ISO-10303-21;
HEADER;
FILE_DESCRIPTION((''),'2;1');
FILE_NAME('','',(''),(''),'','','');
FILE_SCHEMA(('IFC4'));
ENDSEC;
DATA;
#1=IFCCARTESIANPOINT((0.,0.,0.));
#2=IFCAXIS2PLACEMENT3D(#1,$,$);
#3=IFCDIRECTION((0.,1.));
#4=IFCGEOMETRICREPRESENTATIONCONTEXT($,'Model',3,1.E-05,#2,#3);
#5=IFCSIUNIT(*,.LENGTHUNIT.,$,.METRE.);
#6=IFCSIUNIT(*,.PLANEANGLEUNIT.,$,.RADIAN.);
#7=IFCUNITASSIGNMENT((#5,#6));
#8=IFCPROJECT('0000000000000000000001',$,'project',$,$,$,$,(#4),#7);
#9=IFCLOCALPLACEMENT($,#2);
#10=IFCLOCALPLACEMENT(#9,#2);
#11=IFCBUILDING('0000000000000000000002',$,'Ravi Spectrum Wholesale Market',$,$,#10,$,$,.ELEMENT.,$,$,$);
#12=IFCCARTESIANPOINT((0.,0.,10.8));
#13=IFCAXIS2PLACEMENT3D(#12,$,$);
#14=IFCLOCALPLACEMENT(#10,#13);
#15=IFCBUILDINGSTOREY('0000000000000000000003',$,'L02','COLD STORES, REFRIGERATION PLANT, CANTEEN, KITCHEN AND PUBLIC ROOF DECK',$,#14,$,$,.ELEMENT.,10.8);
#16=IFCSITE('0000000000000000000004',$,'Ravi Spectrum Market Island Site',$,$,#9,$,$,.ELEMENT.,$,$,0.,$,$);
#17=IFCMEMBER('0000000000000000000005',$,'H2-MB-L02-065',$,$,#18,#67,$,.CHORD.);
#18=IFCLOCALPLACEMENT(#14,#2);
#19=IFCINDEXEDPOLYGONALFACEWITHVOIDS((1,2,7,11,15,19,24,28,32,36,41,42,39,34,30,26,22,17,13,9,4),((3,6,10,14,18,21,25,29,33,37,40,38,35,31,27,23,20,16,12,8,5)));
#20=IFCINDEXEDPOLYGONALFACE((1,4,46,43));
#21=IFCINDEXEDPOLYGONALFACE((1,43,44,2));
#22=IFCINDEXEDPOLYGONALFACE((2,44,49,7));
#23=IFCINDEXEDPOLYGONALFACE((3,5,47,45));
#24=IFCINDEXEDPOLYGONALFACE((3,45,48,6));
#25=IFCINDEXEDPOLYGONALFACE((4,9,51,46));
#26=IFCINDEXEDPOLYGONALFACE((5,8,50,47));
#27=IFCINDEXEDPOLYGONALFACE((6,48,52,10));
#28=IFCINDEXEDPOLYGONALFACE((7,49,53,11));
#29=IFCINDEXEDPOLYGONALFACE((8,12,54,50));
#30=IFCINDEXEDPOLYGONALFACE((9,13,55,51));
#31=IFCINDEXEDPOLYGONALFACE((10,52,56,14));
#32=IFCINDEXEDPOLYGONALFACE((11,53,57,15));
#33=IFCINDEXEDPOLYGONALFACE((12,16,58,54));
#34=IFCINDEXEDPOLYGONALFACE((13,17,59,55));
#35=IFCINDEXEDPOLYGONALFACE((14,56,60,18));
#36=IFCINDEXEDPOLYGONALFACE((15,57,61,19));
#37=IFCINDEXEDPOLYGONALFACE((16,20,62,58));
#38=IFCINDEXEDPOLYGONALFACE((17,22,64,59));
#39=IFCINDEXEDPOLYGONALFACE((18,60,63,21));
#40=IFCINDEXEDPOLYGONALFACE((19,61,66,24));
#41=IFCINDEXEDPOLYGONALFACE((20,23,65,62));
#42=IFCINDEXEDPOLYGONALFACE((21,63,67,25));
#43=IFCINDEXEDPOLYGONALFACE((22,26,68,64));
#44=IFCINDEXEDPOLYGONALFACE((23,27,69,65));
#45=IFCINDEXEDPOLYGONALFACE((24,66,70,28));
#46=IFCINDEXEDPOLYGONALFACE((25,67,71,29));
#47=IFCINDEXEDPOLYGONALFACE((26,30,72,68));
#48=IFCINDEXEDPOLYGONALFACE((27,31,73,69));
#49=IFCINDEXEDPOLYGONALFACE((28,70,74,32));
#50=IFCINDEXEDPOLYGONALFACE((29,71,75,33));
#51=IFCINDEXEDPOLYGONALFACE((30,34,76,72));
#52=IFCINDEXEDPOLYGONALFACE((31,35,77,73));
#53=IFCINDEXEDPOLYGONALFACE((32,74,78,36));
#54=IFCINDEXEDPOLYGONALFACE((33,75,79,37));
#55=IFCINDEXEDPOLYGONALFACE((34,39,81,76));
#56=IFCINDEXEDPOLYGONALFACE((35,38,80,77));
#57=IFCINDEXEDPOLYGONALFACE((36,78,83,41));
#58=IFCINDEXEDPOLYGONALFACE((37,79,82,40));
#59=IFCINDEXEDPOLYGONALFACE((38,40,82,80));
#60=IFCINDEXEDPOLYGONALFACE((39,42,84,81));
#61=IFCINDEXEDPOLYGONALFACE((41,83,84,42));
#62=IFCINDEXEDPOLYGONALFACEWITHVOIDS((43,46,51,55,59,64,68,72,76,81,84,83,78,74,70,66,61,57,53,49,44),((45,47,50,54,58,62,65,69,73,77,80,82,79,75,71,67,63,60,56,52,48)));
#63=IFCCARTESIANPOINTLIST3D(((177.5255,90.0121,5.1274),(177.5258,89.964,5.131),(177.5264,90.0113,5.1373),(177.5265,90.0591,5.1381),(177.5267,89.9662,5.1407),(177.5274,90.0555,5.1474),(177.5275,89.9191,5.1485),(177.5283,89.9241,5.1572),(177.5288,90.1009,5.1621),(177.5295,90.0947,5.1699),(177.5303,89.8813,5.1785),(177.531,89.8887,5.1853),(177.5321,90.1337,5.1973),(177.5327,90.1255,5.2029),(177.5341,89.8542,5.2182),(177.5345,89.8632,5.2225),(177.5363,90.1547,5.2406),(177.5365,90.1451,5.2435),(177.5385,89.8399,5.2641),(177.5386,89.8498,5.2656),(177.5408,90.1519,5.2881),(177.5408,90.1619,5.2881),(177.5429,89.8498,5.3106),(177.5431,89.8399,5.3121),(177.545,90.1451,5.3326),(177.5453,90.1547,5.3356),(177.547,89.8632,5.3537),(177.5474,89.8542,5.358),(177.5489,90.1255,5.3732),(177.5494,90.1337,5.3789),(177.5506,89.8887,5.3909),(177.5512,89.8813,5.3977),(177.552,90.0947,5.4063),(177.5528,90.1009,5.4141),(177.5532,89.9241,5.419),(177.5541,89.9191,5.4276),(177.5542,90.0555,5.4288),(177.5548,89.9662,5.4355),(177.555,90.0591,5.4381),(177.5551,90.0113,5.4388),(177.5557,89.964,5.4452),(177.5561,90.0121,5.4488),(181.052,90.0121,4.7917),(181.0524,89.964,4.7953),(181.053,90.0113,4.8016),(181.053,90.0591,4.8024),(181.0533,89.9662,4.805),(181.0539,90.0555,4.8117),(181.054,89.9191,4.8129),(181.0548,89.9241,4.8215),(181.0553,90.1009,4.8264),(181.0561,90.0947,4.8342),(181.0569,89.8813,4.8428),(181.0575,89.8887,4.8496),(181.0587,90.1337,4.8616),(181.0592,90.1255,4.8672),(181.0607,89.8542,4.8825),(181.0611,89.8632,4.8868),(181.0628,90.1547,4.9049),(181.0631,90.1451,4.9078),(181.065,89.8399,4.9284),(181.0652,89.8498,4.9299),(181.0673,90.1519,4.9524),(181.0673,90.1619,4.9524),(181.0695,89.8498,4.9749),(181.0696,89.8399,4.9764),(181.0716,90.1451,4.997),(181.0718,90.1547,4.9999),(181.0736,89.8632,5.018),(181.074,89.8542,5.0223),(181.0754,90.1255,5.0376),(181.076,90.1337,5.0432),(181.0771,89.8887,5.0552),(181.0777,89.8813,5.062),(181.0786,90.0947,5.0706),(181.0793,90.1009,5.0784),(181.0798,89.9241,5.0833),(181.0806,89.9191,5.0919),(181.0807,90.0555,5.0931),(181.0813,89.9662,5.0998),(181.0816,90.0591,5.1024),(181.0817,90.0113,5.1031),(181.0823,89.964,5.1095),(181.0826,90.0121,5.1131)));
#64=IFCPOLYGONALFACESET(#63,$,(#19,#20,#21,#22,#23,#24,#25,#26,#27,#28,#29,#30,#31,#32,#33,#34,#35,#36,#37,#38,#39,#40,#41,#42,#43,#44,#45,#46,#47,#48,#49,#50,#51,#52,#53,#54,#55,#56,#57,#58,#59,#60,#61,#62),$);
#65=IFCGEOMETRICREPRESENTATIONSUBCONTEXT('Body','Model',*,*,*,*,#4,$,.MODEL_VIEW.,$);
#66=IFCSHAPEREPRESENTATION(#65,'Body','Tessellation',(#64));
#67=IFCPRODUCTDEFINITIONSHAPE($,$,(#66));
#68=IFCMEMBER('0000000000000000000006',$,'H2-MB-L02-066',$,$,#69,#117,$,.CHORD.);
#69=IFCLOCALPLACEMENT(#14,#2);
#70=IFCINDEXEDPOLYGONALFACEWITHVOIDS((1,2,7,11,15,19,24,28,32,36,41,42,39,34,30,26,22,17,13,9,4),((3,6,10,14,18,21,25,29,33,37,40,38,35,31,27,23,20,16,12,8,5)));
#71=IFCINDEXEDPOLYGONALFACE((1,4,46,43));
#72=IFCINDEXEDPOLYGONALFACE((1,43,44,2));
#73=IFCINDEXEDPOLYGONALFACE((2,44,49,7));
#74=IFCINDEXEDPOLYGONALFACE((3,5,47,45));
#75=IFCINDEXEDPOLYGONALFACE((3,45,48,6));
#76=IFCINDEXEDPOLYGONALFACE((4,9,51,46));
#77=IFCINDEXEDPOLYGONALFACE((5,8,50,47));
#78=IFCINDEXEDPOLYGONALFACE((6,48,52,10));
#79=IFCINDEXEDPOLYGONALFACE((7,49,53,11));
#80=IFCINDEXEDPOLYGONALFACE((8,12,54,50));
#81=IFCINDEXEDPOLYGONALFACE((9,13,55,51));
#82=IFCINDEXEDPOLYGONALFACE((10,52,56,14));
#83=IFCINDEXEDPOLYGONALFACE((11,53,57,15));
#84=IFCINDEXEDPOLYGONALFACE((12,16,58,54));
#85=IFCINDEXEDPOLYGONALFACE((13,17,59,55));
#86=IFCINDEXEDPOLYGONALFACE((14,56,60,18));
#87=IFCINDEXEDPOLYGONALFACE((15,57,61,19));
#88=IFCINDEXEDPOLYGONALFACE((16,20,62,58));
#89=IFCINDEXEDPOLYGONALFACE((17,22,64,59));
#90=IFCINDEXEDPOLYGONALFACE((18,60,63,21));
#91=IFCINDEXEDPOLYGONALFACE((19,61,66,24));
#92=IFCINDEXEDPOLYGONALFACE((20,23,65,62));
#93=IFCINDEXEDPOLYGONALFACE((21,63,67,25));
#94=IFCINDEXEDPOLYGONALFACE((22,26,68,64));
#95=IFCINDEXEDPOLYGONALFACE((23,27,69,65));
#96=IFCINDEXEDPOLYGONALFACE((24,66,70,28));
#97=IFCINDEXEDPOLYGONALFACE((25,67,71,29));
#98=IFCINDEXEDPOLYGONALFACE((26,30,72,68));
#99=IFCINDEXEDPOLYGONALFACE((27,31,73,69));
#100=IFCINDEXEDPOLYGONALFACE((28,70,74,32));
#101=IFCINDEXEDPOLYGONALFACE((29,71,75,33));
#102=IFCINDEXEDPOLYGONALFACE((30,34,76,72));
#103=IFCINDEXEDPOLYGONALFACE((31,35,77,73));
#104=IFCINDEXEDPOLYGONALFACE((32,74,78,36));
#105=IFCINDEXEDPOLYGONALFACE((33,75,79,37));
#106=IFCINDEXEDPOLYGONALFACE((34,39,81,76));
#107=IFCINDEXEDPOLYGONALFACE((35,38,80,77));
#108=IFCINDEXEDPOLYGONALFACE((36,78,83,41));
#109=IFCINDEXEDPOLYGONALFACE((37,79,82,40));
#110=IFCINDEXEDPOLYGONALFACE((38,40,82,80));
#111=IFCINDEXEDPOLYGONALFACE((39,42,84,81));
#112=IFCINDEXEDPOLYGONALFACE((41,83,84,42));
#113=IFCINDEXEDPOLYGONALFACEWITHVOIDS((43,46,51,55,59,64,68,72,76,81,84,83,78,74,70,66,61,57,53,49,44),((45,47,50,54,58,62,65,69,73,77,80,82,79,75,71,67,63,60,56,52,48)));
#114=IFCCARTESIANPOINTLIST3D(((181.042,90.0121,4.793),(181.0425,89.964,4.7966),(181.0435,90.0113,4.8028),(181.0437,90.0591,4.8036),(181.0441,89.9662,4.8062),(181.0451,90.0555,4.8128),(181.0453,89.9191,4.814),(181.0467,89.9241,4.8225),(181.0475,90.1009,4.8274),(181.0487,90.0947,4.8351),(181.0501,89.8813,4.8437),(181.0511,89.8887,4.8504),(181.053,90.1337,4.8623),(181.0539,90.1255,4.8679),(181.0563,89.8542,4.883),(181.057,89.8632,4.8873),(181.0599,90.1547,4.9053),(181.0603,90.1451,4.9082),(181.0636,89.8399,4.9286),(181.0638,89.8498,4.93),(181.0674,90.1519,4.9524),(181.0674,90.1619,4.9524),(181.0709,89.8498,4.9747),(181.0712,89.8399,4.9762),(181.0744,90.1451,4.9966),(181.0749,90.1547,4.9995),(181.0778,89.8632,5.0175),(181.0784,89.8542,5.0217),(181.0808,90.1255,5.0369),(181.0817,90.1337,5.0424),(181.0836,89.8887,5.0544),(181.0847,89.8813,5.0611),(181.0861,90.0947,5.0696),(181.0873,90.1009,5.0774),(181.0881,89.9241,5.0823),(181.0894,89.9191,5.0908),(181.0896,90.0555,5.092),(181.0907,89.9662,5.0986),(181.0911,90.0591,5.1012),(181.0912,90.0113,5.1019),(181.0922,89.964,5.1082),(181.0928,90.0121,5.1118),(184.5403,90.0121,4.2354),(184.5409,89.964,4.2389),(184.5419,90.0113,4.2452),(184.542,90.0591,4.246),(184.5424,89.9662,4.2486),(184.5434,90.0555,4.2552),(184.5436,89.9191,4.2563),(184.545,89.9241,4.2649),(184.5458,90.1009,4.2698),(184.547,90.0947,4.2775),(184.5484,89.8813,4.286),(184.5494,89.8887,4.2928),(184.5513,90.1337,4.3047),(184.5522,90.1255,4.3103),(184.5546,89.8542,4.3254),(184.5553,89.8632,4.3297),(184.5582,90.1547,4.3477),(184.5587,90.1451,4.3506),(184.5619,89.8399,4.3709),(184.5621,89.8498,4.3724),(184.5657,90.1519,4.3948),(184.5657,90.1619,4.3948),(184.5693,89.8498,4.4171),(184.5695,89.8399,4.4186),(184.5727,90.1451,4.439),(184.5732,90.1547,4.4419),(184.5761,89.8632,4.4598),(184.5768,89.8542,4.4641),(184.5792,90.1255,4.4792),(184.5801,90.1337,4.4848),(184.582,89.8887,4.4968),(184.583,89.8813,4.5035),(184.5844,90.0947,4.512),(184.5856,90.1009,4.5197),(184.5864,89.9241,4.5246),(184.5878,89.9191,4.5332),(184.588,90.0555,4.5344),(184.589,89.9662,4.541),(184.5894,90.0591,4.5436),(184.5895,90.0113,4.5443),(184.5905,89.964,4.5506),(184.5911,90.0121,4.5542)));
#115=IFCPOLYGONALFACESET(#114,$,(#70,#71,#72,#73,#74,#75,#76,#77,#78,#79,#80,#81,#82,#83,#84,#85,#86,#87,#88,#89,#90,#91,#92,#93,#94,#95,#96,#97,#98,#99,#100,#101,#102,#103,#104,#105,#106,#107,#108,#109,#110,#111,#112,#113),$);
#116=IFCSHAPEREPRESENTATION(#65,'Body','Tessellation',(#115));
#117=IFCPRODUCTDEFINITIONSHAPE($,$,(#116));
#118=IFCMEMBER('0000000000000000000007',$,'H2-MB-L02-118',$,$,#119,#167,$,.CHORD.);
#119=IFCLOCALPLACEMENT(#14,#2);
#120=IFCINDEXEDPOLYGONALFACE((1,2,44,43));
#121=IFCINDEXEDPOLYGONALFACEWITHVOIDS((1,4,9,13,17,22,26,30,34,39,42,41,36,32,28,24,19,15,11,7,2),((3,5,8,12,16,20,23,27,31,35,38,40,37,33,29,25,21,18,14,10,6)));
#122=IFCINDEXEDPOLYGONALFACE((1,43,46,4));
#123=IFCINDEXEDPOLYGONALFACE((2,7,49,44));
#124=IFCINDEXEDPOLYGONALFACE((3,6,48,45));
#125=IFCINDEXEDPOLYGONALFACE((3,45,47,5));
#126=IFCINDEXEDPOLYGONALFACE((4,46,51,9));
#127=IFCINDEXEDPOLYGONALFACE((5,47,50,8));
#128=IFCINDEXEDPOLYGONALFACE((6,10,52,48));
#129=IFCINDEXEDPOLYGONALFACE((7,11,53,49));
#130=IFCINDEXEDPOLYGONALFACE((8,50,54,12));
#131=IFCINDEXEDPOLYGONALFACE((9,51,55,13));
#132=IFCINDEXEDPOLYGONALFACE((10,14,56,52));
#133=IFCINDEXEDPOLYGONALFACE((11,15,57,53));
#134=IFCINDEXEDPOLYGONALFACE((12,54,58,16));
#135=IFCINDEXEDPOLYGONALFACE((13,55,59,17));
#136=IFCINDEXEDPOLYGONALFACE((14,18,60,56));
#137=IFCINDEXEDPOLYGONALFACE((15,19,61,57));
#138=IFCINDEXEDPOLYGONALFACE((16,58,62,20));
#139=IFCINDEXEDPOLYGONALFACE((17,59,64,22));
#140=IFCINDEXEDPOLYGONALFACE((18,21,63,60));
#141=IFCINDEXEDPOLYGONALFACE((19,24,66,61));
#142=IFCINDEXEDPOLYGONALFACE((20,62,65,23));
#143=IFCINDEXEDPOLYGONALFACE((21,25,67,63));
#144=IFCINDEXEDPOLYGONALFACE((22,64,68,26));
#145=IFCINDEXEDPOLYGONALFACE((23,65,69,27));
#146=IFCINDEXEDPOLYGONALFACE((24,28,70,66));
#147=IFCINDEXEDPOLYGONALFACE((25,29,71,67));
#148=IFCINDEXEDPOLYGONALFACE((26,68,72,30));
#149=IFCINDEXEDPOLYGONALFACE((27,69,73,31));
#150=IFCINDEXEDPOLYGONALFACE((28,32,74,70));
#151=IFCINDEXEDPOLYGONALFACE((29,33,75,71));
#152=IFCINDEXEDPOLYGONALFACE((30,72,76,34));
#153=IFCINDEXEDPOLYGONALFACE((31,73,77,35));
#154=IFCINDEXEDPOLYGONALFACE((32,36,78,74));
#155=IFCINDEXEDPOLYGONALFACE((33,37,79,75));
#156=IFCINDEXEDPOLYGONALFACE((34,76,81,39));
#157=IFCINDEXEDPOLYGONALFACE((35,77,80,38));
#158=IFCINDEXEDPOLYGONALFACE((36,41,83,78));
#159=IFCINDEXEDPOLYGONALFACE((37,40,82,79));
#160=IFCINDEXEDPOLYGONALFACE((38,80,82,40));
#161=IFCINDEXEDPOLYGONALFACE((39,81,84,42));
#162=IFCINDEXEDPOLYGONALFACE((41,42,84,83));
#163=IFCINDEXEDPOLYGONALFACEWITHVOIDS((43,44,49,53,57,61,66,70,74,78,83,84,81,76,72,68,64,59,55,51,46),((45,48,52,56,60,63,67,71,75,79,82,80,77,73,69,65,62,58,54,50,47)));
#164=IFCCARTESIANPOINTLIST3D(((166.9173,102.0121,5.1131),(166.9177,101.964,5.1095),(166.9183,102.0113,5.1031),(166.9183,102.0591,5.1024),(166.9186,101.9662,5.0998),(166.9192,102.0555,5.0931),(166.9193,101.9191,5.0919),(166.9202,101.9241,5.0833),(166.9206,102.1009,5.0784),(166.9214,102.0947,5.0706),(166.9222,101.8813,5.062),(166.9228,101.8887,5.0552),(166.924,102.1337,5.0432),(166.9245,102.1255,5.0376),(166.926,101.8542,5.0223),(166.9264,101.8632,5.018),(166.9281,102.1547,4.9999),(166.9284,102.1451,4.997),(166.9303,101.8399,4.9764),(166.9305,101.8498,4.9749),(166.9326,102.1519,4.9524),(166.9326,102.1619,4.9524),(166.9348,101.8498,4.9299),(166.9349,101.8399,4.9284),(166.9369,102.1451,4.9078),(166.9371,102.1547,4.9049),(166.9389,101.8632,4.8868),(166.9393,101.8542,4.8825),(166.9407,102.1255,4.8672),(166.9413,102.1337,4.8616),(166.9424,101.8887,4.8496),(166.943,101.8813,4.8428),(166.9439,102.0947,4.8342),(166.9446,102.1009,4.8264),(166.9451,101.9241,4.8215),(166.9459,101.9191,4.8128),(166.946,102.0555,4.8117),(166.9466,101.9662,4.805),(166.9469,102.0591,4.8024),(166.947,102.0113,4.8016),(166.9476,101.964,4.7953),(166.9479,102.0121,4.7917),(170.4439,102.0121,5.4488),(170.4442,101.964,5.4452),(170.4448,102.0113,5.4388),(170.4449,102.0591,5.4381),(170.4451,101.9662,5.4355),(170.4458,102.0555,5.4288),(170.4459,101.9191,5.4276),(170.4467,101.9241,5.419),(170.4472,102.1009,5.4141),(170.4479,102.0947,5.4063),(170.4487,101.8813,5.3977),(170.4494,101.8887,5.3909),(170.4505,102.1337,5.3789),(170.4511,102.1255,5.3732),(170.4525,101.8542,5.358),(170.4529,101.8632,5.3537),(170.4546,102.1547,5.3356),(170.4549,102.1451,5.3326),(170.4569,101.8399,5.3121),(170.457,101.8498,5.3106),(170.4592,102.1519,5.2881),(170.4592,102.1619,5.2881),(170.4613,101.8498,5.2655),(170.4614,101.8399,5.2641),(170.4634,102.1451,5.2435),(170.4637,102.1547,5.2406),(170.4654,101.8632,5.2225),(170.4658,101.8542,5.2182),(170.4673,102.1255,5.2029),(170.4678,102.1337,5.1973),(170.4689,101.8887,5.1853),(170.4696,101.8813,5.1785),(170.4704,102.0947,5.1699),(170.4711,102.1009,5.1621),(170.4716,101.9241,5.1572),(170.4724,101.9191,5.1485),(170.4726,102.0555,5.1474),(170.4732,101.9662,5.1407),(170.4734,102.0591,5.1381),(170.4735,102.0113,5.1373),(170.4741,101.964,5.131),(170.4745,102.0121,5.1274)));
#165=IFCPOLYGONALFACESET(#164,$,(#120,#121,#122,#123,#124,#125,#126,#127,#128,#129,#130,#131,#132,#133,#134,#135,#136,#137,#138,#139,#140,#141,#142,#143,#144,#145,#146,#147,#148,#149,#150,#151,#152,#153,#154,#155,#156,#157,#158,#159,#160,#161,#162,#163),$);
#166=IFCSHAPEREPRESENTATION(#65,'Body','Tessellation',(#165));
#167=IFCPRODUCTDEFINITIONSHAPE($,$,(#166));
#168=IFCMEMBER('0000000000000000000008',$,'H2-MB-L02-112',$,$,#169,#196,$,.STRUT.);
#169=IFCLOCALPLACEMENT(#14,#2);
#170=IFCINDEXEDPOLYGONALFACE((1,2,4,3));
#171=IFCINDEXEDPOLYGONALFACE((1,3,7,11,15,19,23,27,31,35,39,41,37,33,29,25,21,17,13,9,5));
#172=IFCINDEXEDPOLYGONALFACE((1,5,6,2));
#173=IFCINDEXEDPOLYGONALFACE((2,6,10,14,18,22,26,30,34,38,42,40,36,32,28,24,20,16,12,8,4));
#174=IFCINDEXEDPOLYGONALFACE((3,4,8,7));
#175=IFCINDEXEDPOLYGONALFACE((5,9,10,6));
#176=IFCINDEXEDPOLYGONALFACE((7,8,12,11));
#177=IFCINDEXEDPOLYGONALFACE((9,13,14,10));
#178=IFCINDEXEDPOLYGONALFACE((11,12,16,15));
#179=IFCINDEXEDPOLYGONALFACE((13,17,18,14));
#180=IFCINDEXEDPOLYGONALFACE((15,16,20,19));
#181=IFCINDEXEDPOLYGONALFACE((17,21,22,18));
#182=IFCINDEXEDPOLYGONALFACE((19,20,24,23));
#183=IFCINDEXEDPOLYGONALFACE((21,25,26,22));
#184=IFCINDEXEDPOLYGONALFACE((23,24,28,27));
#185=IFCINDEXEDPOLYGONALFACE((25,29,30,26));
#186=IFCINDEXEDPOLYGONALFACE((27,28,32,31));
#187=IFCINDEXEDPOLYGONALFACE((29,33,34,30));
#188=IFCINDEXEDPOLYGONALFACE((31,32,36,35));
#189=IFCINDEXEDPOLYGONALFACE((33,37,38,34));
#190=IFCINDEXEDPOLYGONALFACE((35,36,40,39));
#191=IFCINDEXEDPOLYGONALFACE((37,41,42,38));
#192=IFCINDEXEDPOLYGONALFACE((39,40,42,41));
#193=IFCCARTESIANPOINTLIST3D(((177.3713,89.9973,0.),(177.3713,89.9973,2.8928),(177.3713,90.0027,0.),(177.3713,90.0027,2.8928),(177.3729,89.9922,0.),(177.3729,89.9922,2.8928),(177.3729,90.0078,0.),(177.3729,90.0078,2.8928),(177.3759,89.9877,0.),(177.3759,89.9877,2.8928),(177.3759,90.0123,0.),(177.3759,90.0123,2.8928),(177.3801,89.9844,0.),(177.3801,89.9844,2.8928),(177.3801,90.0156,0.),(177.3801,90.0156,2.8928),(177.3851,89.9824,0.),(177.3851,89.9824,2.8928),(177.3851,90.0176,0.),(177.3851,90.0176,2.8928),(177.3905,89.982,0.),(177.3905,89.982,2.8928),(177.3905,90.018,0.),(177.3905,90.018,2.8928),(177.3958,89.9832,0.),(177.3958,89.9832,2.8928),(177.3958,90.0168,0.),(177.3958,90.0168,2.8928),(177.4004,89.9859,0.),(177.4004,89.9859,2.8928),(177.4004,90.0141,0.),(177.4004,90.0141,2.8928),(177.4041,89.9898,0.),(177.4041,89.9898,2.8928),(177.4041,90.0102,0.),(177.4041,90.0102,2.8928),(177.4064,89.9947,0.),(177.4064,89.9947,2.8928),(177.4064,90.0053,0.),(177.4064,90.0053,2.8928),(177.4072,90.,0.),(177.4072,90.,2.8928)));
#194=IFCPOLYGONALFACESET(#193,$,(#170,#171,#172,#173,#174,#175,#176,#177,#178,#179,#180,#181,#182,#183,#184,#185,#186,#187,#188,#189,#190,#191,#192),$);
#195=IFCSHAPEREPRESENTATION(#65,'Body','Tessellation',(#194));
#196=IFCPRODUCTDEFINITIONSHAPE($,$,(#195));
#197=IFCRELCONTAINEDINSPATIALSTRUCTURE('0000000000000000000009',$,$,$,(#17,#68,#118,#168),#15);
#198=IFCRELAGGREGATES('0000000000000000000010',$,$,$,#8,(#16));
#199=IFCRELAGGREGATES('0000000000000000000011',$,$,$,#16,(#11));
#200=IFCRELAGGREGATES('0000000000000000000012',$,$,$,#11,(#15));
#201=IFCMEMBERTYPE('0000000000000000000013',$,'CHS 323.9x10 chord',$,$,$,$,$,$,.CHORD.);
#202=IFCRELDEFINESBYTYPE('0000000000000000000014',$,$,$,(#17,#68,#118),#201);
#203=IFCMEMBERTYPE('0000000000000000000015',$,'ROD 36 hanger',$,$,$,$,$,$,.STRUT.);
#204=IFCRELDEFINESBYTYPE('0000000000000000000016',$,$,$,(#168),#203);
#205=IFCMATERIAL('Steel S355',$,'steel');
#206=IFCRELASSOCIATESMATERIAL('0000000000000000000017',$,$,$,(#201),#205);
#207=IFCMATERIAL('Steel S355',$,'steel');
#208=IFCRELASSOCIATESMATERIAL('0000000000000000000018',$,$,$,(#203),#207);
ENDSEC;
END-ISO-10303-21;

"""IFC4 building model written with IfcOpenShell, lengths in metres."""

from ifc_helpers import new_model, si_unit, direction, frame, origin, origin_2d, place, context, subcontext, project, spatial, circle, hollow_circle, extrude, material, material_profile, profile_set, type_object, element, save


model = new_model("IFC4")

# Units and contexts
model_context = context("Model", 3, precision=1e-05, world=origin(), true_north=direction((0.0, 1.0)))
body_context = subcontext(model_context, "Body", "Model", "MODEL_VIEW")
ifc_project = project(units=[si_unit("LENGTHUNIT", "METRE"), si_unit("PLANEANGLEUNIT", "RADIAN")], contexts=[model_context])

# Site, building, storey
site_placement = place(None, origin())
site = spatial("IfcSite", under=ifc_project, at=site_placement, Name="Ravi Spectrum Market Island Site", CompositionType="ELEMENT", RefElevation=0.0)
building_placement = place(site_placement, origin())
building = spatial("IfcBuilding", under=site, at=building_placement, Name="Ravi Spectrum Wholesale Market", CompositionType="ELEMENT")
storey_placement = place(building_placement, frame((0.0, 0.0, 10.8)))
storey = spatial("IfcBuildingStorey", under=building, at=storey_placement, Name="L02", Description="COLD STORES, REFRIGERATION PLANT, CANTEEN, KITCHEN AND PUBLIC ROOF DECK", CompositionType="ELEMENT", Elevation=10.8)

# Members
ifc_material_1 = material(Name="Steel S355", Category="steel")
ifc_material_profile_1 = material_profile(ifc_material_1, hollow_circle(Radius=0.1619, WallThickness=0.01, at=origin_2d()))
ifc_profile_set_1 = profile_set([ifc_material_profile_1], Name="Steel S355")
member_type_1 = type_object("IfcMemberType", Name="CHS 323.9x10 chord", PredefinedType="CHORD", material=ifc_profile_set_1)
for number, where, z_axis, x_axis, name in (
    (1, (177.5408, 90.0, 5.2881), (0.9955, 0.0, -0.09476), (0.0, 1.0, 0.0), "H2-MB-L02-065"),
    (2, (181.0674, 90.0, 4.9524), (0.987533, 0.0, -0.15741), (0.0, 1.0, 0.0), "H2-MB-L02-066"),
    (3, (166.9326, 102.0, 4.9524), (0.9955, 0.0, 0.09476), (0.0, 1.0, 0.0), "H2-MB-L02-118"),
):
    element("IfcMember", number, at=place(storey_placement, frame(where, z_axis=z_axis, x_axis=x_axis)), inside=storey, type_object=member_type_1, Name=name, PredefinedType="CHORD", context=body_context, shape_type="SweptSolid", body=[
        extrude(hollow_circle(Radius=0.1619, WallThickness=0.01, at=origin_2d()), origin(), (0.0, 0.0, 1.0), 3.5425),
    ])
ifc_material_2 = material(Name="Steel S355", Category="steel")
ifc_material_profile_2 = material_profile(ifc_material_2, circle(Radius=0.0181, at=origin_2d()))
ifc_profile_set_2 = profile_set([ifc_material_profile_2], Name="Steel S355")
member_type_2 = type_object("IfcMemberType", Name="ROD 36 hanger", PredefinedType="STRUT", material=ifc_profile_set_2)
member_1_placement = place(storey_placement, frame((177.3892, 90.0, 0.0), z_axis=(0.0, 0.0, 1.0), x_axis=(1.0, 0.0, 0.0)))
element("IfcMember", 4, at=member_1_placement, inside=storey, type_object=member_type_2, Name="H2-MB-L02-112", PredefinedType="STRUT", context=body_context, shape_type="SweptSolid", body=[
    extrude(circle(Radius=0.0181, at=origin_2d()), origin(), (0.0, 0.0, 1.0), 2.8928),
])

save(model, "model.ifc")
